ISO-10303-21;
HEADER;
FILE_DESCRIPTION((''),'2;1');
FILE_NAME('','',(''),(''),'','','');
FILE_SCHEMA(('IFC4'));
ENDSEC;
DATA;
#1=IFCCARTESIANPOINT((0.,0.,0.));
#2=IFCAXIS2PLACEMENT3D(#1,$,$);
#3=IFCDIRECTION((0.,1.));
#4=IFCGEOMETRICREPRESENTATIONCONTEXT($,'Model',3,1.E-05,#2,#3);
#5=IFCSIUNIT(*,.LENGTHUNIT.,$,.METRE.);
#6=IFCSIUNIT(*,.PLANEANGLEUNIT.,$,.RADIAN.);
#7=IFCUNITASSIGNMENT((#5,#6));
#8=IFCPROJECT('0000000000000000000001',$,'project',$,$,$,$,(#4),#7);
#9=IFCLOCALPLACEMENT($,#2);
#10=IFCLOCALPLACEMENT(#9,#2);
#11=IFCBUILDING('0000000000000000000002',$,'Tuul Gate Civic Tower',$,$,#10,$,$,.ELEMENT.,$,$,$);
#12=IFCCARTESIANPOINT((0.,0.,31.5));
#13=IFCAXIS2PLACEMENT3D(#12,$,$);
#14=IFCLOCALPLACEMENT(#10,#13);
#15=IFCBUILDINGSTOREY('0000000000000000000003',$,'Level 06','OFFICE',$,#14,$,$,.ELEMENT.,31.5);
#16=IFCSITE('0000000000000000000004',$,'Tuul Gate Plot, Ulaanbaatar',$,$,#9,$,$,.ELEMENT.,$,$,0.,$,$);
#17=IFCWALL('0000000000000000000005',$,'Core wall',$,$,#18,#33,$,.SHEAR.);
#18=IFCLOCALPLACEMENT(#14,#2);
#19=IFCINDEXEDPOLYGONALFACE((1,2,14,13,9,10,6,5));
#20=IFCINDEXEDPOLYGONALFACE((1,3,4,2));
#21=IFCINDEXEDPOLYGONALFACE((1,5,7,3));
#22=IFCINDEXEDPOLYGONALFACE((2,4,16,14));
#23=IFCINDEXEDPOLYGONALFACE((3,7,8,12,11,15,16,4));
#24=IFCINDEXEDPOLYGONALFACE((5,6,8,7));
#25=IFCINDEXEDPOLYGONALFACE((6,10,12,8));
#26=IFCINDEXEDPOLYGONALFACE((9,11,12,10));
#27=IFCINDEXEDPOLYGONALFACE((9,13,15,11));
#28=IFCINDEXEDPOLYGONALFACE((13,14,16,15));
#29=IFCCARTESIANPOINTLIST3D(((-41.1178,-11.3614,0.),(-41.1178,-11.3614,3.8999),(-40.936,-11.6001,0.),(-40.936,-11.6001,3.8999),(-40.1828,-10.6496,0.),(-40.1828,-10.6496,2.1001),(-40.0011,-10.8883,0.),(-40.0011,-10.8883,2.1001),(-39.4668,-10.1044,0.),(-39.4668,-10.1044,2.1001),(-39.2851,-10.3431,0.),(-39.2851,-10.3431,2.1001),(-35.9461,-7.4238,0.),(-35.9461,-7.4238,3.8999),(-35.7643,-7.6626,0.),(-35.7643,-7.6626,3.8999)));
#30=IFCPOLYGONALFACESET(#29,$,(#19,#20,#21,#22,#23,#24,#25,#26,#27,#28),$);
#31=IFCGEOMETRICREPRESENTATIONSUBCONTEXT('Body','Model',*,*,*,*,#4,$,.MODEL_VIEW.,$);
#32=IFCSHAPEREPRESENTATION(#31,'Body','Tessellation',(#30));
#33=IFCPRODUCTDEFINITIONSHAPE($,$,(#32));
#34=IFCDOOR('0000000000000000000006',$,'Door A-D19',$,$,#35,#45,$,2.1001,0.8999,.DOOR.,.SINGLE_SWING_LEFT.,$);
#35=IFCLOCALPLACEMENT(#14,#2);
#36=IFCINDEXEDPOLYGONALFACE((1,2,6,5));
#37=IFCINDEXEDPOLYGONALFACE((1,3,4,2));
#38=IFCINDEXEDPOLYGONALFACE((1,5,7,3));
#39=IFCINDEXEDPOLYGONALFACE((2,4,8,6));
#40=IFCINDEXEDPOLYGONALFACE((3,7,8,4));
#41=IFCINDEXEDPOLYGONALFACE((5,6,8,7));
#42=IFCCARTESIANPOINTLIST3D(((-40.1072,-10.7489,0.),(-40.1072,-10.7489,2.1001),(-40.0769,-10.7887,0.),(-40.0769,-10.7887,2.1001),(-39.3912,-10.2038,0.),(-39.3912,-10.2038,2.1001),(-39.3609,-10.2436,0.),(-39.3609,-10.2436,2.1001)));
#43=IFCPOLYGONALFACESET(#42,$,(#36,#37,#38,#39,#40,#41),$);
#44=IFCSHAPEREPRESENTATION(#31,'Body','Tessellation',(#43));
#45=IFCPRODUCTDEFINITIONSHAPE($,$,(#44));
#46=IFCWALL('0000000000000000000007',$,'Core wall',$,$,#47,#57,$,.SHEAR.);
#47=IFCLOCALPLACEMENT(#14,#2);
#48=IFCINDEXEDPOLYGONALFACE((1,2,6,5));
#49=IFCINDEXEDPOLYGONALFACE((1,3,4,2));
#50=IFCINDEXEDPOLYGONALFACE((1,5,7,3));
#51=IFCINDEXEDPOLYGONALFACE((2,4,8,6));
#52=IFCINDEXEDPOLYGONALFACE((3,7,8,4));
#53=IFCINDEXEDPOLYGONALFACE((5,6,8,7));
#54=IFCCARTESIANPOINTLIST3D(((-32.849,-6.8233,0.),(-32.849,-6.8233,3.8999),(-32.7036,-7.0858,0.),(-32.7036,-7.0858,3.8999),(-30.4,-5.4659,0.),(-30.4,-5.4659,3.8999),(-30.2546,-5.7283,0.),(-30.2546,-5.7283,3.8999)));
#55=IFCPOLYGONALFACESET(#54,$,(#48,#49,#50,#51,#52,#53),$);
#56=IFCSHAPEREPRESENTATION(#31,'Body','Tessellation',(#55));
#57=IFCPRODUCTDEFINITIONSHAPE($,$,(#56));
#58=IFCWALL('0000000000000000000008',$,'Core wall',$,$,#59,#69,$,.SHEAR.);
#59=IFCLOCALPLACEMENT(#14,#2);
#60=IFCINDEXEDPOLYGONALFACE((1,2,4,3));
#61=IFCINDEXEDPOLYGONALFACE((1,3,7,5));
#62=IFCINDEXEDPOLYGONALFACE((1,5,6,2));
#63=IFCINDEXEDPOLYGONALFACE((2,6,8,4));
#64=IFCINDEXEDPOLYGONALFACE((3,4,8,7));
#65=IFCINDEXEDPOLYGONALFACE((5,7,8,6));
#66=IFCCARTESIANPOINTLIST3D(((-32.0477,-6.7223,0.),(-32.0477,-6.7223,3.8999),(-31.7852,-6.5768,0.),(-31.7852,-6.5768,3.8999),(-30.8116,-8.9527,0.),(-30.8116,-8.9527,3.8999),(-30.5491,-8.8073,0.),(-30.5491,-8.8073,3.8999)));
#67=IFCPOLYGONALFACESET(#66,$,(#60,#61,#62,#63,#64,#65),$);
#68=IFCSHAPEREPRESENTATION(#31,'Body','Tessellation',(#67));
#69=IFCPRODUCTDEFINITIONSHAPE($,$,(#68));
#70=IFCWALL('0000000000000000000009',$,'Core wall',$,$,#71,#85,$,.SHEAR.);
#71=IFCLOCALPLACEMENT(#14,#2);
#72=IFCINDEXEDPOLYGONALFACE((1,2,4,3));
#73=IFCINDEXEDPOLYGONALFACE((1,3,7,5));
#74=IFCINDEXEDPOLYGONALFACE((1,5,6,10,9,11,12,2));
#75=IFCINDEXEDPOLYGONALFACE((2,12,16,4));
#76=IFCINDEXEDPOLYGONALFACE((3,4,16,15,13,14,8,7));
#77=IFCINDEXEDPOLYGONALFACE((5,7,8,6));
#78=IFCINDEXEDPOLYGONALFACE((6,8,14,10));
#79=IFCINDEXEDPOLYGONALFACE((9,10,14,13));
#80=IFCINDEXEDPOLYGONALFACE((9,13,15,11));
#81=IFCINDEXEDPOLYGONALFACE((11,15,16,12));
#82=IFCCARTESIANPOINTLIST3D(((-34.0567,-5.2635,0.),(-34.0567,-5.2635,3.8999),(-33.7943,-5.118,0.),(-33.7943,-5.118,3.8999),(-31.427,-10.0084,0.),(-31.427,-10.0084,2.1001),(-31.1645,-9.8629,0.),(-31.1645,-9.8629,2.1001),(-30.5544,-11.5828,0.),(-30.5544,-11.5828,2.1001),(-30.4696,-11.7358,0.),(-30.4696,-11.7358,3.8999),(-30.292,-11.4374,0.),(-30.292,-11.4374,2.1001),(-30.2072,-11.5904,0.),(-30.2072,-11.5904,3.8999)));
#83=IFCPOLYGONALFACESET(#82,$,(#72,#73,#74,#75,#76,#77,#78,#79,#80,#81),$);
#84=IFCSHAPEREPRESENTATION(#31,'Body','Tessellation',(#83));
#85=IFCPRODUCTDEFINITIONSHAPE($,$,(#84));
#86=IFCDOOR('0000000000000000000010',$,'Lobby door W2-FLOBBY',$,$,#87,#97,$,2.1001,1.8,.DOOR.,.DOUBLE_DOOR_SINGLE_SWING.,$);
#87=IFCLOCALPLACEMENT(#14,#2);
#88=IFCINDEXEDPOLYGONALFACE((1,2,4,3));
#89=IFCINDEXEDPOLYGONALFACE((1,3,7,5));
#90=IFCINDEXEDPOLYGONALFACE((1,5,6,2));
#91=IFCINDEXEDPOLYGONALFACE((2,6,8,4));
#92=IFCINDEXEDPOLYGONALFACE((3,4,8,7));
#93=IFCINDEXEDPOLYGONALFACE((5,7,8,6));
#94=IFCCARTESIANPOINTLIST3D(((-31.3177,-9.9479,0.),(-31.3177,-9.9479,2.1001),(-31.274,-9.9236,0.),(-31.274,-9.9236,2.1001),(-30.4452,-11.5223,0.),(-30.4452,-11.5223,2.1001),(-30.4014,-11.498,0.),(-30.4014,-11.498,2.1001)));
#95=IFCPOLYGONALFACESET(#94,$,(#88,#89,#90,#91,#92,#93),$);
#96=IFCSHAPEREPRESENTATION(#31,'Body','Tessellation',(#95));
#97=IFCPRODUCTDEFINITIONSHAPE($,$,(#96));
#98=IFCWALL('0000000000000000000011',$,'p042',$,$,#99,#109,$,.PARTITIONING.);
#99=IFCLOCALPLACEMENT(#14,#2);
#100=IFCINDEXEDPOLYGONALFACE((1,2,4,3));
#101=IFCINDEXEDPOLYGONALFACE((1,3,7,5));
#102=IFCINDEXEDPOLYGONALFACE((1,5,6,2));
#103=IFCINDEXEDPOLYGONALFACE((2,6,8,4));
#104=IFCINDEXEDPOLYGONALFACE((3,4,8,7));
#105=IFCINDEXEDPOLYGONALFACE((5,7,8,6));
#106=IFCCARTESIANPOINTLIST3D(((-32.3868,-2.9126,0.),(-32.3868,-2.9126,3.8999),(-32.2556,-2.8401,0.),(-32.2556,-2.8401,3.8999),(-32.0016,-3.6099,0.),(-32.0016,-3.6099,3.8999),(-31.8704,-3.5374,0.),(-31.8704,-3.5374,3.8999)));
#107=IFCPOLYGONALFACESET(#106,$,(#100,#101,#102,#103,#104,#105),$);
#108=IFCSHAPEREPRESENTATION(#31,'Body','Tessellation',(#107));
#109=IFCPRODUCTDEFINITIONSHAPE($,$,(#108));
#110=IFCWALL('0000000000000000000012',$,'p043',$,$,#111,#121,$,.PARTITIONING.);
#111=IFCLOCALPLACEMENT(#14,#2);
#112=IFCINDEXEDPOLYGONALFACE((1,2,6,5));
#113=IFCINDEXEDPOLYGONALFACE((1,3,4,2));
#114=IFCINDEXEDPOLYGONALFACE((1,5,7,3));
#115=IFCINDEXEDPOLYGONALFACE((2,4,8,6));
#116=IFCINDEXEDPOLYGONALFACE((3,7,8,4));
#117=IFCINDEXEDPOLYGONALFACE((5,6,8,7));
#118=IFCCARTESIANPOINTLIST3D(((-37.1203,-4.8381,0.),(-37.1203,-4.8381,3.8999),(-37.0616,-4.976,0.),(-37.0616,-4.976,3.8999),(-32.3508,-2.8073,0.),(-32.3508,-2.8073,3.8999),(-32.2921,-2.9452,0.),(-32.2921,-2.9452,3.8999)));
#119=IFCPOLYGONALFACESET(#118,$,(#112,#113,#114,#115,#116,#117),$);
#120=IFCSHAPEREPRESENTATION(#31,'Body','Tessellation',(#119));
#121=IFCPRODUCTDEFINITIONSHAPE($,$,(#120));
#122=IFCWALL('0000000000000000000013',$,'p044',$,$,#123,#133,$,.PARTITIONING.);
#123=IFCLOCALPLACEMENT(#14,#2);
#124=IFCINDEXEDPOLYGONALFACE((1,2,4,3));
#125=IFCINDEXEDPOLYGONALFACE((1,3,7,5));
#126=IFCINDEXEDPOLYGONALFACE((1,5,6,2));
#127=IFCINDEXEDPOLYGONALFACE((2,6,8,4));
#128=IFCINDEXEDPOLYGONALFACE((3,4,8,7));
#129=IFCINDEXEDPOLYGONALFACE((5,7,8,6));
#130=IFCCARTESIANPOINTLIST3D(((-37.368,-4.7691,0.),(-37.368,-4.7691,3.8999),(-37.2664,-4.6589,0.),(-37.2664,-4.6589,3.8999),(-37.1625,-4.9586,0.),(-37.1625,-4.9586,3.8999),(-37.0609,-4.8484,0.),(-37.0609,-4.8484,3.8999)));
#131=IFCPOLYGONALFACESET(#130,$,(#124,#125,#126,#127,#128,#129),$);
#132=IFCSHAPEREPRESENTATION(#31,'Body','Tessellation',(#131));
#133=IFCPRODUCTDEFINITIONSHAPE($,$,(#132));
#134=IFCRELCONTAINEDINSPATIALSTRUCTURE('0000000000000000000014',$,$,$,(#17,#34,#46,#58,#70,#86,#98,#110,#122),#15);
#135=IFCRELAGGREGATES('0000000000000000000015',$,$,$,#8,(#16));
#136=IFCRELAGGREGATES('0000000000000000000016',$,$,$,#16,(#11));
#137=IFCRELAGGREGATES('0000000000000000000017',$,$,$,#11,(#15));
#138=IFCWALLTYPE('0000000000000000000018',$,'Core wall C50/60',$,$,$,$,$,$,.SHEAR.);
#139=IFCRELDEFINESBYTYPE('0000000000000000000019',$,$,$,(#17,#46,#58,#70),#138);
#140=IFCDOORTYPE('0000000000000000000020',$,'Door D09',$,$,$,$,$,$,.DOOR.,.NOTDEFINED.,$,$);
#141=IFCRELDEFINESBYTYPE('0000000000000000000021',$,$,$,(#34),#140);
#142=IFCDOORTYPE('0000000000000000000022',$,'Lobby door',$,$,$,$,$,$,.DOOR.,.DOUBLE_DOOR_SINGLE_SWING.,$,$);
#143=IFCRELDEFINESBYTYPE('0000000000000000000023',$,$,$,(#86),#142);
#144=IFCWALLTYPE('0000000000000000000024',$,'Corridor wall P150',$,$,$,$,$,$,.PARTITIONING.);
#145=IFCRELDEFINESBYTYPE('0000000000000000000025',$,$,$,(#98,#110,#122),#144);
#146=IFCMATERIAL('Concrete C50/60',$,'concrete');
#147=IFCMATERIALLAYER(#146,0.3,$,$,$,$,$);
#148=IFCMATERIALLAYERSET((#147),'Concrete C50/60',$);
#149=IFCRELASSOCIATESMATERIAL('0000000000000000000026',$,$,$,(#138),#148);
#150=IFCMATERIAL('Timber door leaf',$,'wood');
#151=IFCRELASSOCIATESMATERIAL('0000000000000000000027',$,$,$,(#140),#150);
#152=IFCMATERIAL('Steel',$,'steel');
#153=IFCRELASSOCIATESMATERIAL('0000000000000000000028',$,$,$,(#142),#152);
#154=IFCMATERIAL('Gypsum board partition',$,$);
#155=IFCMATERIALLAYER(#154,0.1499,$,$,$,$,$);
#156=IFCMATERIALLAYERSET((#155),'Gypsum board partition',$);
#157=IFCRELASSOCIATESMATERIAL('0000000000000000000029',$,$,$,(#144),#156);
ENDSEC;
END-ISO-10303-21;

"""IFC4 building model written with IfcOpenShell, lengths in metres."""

from ifc_helpers import new_model, si_unit, direction, frame, frame_2d, origin, place, context, subcontext, project, spatial, rectangle, extrude, material, layer, layer_set, type_object, element, fill, save


model = new_model("IFC4")

# Units and contexts
model_context = context("Model", 3, precision=1e-05, world=origin(), true_north=direction((0.0, 1.0)))
body_context = subcontext(model_context, "Body", "Model", "MODEL_VIEW")
ifc_project = project(units=[si_unit("LENGTHUNIT", "METRE"), si_unit("PLANEANGLEUNIT", "RADIAN")], contexts=[model_context])

# Site, building, storey
site_placement = place(None, origin())
site = spatial("IfcSite", under=ifc_project, at=site_placement, Name="Tuul Gate Plot, Ulaanbaatar", CompositionType="ELEMENT", RefElevation=0.0)
building_placement = place(site_placement, origin())
building = spatial("IfcBuilding", under=site, at=building_placement, Name="Tuul Gate Civic Tower", CompositionType="ELEMENT")
storey_placement = place(building_placement, frame((0.0, 0.0, 31.5)))
storey = spatial("IfcBuildingStorey", under=building, at=storey_placement, Name="Level 06", Description="OFFICE", CompositionType="ELEMENT", Elevation=31.5)

# Shared definitions
ifc_material_1 = material(Name="Concrete C50/60", Category="concrete")
ifc_layer_1 = layer(ifc_material_1, 0.3)
ifc_layer_set_1 = layer_set([ifc_layer_1], Name="Concrete C50/60")
wall_type_1 = type_object("IfcWallType", Name="Core wall C50/60", PredefinedType="SHEAR", material=ifc_layer_set_1)

# Wall, opening, door
wall_1_placement = place(storey_placement, frame((-35.8552, -7.5432, 0.0), z_axis=(0.0, 0.0, 1.0), x_axis=(-0.795639, -0.605772, 0.0)))
wall_1 = element("IfcWall", 1, at=wall_1_placement, inside=storey, type_object=wall_type_1, Name="Core wall", PredefinedType="SHEAR", context=body_context, shape_type="SweptSolid", body=[
    extrude(rectangle(XDim=6.5, YDim=0.3, at=frame_2d((3.25, 0.0))), origin(), (0.0, 0.0, 1.0), 3.8999),
])
opening_1_placement = place(wall_1_placement, frame((4.425, 0.0, 0.0)))
opening_1 = element("IfcOpeningElement", 2, at=opening_1_placement, cuts=wall_1, PredefinedType="OPENING", context=body_context, shape_type="SweptSolid", body=[
    extrude(rectangle(XDim=0.8999, YDim=2.1001, at=frame_2d((0.45, 1.05))), frame((0.0, 0.1602, 0.0), z_axis=(0.0, -1.0, 0.0), x_axis=(1.0, 0.0, 0.0)), (0.0, 0.0, 1.0), 0.3201),
])
ifc_material_2 = material(Name="Timber door leaf", Category="wood")
door_type_1 = type_object("IfcDoorType", Name="Door D09", OperationType="NOTDEFINED", PredefinedType="DOOR", material=ifc_material_2)
door_1_placement = place(opening_1_placement, origin())
door_1 = element("IfcDoor", 3, at=door_1_placement, inside=storey, type_object=door_type_1, Name="Door A-D19", OperationType="SINGLE_SWING_LEFT", OverallHeight=2.1001, OverallWidth=0.8999, PredefinedType="DOOR", context=body_context, shape_type="SweptSolid", body=[
    extrude(rectangle(XDim=0.8999, YDim=2.1001, at=frame_2d((0.45, 1.05))), frame((0.0, 0.0249, 0.0), z_axis=(0.0, -1.0, 0.0), x_axis=(1.0, 0.0, 0.0)), (0.0, 0.0, 1.0), 0.05),
])
fill(opening_1, door_1)

# Walls
wall_2_placement = place(storey_placement, frame((-30.3274, -5.5972, 0.0), z_axis=(0.0, 0.0, 1.0), x_axis=(-0.87463, -0.484791, 0.0)))
element("IfcWall", 4, at=wall_2_placement, inside=storey, type_object=wall_type_1, Name="Core wall", PredefinedType="SHEAR", context=body_context, shape_type="SweptSolid", body=[
    extrude(rectangle(XDim=2.8, YDim=0.3, at=frame_2d((1.3999, 0.0))), origin(), (0.0, 0.0, 1.0), 3.8999),
])
wall_3_placement = place(storey_placement, frame((-30.6804, -8.8799, 0.0), z_axis=(0.0, 0.0, 1.0), x_axis=(-0.484724, 0.874667, 0.0)))
element("IfcWall", 5, at=wall_3_placement, inside=storey, type_object=wall_type_1, Name="Core wall", PredefinedType="SHEAR", context=body_context, shape_type="SweptSolid", body=[
    extrude(rectangle(XDim=2.55, YDim=0.3, at=frame_2d((1.2749, 0.0))), origin(), (0.0, 0.0, 1.0), 3.8999),
])

# Wall, opening, door
wall_4_placement = place(storey_placement, frame((-30.3384, -11.6631, 0.0), z_axis=(0.0, 0.0, 1.0), x_axis=(-0.484752, 0.874652, 0.0)))
wall_4 = element("IfcWall", 6, at=wall_4_placement, inside=storey, type_object=wall_type_1, Name="Core wall", PredefinedType="SHEAR", context=body_context, shape_type="SweptSolid", body=[
    extrude(rectangle(XDim=7.3999, YDim=0.3, at=frame_2d((3.7, 0.0))), origin(), (0.0, 0.0, 1.0), 3.8999),
])
opening_2_placement = place(wall_4_placement, frame((0.175, 0.0, 0.0)))
opening_2 = element("IfcOpeningElement", 7, at=opening_2_placement, cuts=wall_4, PredefinedType="OPENING", context=body_context, shape_type="SweptSolid", body=[
    extrude(rectangle(XDim=1.8, YDim=2.1001, at=frame_2d((0.8999, 1.05))), frame((0.0, 0.1602, 0.0), z_axis=(0.0, -1.0, 0.0), x_axis=(1.0, 0.0, 0.0)), (0.0, 0.0, 1.0), 0.3201),
])
ifc_material_3 = material(Name="Steel", Category="steel")
door_type_2 = type_object("IfcDoorType", Name="Lobby door", OperationType="DOUBLE_DOOR_SINGLE_SWING", PredefinedType="DOOR", material=ifc_material_3)
door_2_placement = place(opening_2_placement, frame((1.8, 0.0, 0.0), z_axis=(0.0, 0.0, 1.0), x_axis=(-1.0, 0.0, 0.0)))
door_2 = element("IfcDoor", 8, at=door_2_placement, inside=storey, type_object=door_type_2, Name="Lobby door W2-FLOBBY", OperationType="DOUBLE_DOOR_SINGLE_SWING", OverallHeight=2.1001, OverallWidth=1.8, PredefinedType="DOOR", context=body_context, shape_type="SweptSolid", body=[
    extrude(rectangle(XDim=1.8, YDim=2.1001, at=frame_2d((0.9001, 1.05))), frame((0.0, 0.0249, 0.0), z_axis=(0.0, -1.0, 0.0), x_axis=(1.0, 0.0, 0.0)), (0.0, 0.0, 1.0), 0.05),
])
fill(opening_2, door_2)

# Walls
ifc_material_4 = material(Name="Gypsum board partition")
ifc_layer_2 = layer(ifc_material_4, 0.1499)
ifc_layer_set_2 = layer_set([ifc_layer_2], Name="Gypsum board partition")
wall_type_2 = type_object("IfcWallType", Name="Corridor wall P150", PredefinedType="PARTITIONING", material=ifc_layer_set_2)
wall_5_placement = place(storey_placement, frame((-32.3213, -2.8762, 0.0), z_axis=(0.0, 0.0, 1.0), x_axis=(0.483612, -0.875283, 0.0)))
element("IfcWall", 9, at=wall_5_placement, inside=storey, type_object=wall_type_2, Name="p042", PredefinedType="PARTITIONING", context=body_context, shape_type="SweptSolid", body=[
    extrude(rectangle(XDim=0.7966, YDim=0.1499, at=frame_2d((0.3984, 0.0))), origin(), (0.0, 0.0, 1.0), 3.8999),
])
wall_6_placement = place(storey_placement, frame((-37.0908, -4.907, 0.0), z_axis=(0.0, 0.0, 1.0), x_axis=(0.920073, 0.391747, 0.0)))
element("IfcWall", 10, at=wall_6_placement, inside=storey, type_object=wall_type_2, Name="p043", PredefinedType="PARTITIONING", context=body_context, shape_type="SweptSolid", body=[
    extrude(rectangle(XDim=5.1838, YDim=0.1499, at=frame_2d((2.5918, 0.0))), origin(), (0.0, 0.0, 1.0), 3.8999),
])
wall_7_placement = place(storey_placement, frame((-37.3171, -4.7141, 0.0), z_axis=(0.0, 0.0, 1.0), x_axis=(0.735339, -0.6777, 0.0)))
element("IfcWall", 11, at=wall_7_placement, inside=storey, type_object=wall_type_2, Name="p044", PredefinedType="PARTITIONING", context=body_context, shape_type="SweptSolid", body=[
    extrude(rectangle(XDim=0.2795, YDim=0.1499, at=frame_2d((0.1396, 0.0))), origin(), (0.0, 0.0, 1.0), 3.8999),
])

save(model, "model.ifc")
